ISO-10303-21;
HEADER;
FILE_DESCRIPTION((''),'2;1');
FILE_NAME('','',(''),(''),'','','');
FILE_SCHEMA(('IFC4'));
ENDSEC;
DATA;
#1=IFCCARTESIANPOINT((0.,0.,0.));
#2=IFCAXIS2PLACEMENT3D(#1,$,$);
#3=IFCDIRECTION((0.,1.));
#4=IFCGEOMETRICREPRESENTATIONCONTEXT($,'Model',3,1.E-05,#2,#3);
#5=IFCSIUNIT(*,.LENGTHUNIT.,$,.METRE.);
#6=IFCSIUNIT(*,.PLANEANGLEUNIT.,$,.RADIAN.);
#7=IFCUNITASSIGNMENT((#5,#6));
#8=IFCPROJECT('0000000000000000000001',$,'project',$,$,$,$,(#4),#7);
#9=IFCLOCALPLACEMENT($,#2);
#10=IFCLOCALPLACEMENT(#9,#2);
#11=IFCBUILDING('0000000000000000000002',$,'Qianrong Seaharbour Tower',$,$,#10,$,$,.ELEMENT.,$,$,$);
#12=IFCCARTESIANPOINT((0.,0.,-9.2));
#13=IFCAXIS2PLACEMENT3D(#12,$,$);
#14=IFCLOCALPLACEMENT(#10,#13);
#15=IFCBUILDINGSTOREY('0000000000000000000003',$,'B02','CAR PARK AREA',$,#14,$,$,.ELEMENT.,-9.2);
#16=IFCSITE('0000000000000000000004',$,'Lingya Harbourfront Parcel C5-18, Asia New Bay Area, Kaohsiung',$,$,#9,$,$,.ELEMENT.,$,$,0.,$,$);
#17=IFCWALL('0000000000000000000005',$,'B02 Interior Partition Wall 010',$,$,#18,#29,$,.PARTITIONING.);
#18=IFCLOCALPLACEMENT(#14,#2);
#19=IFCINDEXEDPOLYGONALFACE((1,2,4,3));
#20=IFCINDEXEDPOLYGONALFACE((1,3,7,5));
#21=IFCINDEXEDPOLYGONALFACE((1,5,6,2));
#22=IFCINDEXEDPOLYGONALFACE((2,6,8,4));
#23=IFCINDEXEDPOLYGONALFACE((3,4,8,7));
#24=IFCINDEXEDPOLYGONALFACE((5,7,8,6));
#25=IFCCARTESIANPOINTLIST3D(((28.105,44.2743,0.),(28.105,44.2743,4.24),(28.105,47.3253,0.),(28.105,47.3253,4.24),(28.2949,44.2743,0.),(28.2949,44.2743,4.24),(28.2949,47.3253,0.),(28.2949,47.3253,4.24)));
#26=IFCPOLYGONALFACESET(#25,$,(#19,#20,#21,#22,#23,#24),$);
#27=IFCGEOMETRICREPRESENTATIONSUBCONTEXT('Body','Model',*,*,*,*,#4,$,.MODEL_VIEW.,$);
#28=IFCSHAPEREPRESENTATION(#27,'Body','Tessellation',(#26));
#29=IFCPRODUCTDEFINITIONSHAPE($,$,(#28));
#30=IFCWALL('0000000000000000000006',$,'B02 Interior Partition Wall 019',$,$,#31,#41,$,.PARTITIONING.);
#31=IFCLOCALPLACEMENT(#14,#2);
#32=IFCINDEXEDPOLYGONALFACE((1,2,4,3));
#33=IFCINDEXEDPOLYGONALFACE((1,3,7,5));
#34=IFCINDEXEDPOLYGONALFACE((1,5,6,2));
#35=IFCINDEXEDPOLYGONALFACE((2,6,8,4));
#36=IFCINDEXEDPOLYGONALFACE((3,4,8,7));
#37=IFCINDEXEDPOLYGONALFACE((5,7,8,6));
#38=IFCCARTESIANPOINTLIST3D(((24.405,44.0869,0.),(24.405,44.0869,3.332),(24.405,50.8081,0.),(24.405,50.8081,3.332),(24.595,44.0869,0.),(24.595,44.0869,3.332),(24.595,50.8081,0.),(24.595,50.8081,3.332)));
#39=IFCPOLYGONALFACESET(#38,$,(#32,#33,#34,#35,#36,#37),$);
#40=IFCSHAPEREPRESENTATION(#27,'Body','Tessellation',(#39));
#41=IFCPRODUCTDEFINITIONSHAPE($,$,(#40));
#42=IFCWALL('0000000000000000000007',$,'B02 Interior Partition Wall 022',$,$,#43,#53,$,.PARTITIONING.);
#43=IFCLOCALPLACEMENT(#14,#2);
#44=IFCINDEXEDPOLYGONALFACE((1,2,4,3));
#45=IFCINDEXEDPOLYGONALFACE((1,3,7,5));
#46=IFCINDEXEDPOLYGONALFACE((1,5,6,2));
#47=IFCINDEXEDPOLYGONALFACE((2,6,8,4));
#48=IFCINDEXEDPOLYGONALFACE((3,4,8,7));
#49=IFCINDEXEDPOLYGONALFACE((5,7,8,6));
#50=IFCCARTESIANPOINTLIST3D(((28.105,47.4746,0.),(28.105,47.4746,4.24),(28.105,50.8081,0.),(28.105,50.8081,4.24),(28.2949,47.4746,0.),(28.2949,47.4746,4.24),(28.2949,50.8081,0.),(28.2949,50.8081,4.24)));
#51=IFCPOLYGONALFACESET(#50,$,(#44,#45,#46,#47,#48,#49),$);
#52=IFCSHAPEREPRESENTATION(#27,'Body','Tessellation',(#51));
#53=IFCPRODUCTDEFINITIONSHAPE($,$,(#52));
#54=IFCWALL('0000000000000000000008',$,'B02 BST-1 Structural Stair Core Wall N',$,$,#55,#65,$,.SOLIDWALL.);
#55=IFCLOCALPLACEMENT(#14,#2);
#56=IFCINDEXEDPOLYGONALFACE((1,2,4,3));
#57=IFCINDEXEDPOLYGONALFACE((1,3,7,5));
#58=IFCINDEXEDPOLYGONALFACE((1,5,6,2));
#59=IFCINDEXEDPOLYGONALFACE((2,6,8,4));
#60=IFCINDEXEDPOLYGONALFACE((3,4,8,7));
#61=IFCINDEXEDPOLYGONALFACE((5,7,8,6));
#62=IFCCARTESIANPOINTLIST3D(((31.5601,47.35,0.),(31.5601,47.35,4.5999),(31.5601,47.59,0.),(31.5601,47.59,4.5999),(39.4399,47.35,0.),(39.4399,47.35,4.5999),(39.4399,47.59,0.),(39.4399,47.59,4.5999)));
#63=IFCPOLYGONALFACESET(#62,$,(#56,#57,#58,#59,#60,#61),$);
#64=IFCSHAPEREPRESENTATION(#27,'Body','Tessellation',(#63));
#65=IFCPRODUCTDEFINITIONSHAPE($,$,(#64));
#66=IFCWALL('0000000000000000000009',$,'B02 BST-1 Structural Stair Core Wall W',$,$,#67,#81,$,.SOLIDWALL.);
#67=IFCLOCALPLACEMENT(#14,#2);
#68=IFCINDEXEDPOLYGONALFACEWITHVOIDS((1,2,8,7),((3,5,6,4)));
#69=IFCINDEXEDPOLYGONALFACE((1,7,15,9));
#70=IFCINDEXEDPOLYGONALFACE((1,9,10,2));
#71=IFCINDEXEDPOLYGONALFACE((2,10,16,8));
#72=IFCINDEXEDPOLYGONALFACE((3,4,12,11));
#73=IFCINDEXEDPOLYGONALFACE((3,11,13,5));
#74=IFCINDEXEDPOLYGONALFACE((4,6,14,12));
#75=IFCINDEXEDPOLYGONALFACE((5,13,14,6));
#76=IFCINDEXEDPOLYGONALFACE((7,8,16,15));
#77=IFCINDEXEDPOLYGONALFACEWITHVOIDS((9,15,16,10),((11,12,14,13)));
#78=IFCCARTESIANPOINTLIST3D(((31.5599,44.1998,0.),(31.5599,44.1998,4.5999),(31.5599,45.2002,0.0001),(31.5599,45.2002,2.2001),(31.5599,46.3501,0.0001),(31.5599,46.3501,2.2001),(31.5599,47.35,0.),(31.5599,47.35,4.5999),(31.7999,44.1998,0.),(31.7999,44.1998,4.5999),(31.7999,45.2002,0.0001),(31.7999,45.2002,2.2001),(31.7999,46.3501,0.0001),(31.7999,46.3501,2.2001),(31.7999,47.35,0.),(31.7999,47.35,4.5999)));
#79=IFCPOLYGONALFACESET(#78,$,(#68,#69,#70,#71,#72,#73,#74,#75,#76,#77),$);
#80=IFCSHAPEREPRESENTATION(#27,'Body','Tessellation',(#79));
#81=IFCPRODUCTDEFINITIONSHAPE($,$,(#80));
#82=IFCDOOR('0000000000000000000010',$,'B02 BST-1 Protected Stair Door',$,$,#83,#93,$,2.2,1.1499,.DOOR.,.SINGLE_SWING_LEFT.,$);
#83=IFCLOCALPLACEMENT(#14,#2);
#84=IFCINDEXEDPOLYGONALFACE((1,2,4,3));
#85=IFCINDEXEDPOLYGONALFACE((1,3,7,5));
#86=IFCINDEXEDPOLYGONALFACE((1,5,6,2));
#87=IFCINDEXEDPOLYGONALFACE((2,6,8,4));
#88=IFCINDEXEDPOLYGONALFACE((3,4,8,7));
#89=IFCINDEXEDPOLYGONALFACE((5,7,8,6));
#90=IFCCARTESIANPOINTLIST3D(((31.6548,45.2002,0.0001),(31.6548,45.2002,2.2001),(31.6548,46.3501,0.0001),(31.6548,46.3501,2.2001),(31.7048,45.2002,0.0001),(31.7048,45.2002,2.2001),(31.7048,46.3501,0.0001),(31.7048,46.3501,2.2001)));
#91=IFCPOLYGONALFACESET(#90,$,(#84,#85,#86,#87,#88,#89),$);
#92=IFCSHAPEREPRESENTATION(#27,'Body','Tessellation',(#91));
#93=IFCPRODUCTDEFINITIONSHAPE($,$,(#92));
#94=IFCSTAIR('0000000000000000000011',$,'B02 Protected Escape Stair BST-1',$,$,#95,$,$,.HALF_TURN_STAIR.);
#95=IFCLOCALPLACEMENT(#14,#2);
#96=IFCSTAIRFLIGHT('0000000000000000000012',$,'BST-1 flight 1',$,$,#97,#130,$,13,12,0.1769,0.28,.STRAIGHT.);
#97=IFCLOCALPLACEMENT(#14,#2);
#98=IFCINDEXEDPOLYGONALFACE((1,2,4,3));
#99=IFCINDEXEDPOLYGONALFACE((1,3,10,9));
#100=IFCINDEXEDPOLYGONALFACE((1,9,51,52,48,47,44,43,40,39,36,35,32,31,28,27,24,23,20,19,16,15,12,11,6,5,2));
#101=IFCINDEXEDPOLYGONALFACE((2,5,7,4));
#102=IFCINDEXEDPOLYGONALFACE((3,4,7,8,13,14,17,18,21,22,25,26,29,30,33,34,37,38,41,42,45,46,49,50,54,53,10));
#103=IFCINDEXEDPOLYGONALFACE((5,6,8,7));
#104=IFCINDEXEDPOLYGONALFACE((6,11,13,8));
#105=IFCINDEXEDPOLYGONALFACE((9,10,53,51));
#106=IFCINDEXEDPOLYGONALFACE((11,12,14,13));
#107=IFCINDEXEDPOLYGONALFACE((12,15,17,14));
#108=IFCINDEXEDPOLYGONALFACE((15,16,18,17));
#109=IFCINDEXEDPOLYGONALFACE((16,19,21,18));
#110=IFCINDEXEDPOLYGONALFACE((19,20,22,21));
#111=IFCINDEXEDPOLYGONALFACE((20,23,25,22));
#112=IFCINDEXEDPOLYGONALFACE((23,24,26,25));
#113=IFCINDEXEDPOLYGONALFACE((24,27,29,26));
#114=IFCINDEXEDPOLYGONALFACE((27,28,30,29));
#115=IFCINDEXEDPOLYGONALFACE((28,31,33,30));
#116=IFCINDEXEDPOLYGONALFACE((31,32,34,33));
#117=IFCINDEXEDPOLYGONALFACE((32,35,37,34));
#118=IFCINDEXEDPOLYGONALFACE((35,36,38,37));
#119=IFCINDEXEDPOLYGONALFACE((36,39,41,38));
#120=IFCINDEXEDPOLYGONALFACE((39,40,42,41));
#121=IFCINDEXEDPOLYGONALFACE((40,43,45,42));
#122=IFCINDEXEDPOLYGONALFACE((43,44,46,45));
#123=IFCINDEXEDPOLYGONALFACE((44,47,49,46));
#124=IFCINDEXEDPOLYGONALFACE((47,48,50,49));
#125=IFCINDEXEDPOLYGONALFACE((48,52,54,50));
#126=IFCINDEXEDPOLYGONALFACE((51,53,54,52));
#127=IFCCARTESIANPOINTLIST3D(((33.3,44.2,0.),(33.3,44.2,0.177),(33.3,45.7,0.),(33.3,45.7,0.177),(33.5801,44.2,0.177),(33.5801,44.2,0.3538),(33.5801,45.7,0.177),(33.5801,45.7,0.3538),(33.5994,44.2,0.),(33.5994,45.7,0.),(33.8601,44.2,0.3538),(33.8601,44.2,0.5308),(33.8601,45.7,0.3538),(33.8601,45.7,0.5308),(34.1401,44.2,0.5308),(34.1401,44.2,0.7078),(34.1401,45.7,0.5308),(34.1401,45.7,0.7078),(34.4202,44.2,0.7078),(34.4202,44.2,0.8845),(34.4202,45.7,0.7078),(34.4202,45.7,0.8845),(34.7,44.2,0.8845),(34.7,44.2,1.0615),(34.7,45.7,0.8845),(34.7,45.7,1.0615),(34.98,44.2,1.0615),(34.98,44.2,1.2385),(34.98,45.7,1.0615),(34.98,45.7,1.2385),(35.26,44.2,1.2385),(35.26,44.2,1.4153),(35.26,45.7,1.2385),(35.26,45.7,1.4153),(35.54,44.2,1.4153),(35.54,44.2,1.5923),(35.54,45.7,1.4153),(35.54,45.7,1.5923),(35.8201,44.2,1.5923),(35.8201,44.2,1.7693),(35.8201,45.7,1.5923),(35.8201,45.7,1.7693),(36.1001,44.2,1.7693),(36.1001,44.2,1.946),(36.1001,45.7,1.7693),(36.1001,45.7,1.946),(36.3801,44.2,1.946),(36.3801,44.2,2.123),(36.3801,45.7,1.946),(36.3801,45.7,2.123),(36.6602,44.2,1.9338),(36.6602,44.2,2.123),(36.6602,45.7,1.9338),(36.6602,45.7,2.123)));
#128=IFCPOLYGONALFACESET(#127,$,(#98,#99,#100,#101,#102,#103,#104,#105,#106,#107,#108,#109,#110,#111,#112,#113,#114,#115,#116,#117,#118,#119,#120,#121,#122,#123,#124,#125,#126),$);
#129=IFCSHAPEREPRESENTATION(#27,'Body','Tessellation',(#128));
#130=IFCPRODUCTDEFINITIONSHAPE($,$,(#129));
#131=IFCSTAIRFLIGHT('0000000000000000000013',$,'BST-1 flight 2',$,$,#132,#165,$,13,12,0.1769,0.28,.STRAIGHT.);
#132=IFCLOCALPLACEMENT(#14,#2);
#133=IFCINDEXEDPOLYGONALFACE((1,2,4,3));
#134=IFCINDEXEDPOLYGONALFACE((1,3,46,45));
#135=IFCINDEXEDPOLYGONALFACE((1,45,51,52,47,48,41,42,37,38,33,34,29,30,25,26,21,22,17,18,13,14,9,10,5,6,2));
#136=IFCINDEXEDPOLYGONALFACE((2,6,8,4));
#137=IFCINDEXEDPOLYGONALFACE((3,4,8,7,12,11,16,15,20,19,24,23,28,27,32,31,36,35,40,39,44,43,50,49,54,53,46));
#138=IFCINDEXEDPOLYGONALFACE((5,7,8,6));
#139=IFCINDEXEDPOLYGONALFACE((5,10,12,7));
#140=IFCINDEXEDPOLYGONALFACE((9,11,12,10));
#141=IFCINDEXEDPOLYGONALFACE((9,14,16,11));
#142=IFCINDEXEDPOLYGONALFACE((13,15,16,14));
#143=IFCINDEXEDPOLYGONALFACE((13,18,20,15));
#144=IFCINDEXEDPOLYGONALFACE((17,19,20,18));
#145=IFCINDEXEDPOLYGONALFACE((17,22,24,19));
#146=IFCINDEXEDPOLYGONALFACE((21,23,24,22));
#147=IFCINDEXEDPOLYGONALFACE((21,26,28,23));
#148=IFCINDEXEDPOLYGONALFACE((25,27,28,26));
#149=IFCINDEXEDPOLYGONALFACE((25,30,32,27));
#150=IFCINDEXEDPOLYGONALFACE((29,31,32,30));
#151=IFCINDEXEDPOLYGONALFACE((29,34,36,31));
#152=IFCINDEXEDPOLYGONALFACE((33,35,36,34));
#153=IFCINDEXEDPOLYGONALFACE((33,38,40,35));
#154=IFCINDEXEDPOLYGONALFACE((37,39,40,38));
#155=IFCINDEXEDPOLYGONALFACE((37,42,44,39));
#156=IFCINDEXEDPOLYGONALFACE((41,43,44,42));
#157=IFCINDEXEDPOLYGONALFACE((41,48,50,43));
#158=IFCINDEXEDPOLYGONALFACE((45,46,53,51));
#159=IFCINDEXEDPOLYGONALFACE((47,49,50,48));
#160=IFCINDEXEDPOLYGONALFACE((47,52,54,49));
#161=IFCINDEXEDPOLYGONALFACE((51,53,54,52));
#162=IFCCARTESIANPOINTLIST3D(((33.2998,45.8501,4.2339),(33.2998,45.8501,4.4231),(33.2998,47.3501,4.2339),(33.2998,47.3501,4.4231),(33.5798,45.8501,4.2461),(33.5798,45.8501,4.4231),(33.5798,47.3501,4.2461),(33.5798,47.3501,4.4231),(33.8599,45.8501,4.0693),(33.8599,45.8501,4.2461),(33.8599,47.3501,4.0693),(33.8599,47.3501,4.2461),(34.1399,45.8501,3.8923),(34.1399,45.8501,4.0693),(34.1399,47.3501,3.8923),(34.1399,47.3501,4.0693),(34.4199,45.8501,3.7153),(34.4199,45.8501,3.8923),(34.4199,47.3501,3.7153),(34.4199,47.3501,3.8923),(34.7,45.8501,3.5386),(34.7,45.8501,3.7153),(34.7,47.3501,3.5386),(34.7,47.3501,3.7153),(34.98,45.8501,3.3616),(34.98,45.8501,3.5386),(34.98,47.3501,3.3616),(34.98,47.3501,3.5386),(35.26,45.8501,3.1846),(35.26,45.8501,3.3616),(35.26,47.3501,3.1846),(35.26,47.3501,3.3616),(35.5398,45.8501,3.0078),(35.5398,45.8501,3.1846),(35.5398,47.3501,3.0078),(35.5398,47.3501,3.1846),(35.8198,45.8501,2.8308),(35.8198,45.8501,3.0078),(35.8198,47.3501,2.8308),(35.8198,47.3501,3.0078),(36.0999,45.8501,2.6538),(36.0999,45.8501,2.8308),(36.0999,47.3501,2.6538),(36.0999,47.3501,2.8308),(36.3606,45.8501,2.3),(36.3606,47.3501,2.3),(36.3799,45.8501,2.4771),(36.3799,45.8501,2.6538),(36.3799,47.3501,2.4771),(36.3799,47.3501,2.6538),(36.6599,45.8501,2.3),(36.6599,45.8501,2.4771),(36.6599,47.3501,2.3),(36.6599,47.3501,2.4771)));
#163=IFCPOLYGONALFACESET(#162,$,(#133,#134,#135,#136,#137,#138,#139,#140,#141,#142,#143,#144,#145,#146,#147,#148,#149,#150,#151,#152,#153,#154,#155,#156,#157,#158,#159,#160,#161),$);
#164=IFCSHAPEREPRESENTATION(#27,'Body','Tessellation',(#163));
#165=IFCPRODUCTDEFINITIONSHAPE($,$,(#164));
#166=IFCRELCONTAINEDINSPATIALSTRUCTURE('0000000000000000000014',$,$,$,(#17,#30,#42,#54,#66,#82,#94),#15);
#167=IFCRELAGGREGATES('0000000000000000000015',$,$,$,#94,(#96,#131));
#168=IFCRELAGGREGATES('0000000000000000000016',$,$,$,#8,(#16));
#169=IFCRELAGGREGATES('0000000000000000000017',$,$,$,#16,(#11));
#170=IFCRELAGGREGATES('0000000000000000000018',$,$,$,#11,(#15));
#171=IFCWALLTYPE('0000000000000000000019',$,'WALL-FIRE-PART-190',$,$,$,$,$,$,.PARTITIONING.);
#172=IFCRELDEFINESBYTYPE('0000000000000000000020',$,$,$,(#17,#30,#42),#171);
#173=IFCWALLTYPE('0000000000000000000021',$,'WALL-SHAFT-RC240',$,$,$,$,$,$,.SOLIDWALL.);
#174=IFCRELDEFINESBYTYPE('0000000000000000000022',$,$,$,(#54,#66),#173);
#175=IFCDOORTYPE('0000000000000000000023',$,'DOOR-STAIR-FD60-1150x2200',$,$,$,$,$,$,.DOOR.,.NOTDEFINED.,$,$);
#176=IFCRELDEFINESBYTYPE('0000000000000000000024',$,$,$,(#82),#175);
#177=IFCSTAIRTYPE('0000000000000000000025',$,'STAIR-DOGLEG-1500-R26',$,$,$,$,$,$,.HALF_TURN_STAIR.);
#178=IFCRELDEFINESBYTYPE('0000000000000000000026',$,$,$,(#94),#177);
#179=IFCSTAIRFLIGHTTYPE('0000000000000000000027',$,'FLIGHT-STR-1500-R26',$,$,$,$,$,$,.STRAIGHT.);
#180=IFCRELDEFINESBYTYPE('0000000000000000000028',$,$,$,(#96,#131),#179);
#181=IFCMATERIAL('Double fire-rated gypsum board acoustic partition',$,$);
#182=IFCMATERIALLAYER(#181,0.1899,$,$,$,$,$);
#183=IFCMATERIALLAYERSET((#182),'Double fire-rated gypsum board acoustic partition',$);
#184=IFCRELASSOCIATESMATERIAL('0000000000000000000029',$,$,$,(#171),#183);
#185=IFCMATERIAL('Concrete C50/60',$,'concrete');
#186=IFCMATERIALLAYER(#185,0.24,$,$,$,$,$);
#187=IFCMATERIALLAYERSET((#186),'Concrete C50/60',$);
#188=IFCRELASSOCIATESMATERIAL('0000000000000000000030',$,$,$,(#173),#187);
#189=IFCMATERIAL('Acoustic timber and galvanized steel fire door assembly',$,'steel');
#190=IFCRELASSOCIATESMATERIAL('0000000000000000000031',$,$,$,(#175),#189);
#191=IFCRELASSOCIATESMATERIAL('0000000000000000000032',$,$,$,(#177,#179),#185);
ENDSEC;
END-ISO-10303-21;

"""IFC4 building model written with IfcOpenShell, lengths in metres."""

from ifc_helpers import new_model, si_unit, direction, frame, frame_2d, origin, place, context, subcontext, project, spatial, polyline, rectangle, outline, extrude, material, layer, layer_set, type_object, element, fill, aggregate, save


model = new_model("IFC4")

# Units and contexts
model_context = context("Model", 3, precision=1e-05, world=origin(), true_north=direction((0.0, 1.0)))
body_context = subcontext(model_context, "Body", "Model", "MODEL_VIEW")
ifc_project = project(units=[si_unit("LENGTHUNIT", "METRE"), si_unit("PLANEANGLEUNIT", "RADIAN")], contexts=[model_context])

# Site, building, storey
site_placement = place(None, origin())
site = spatial("IfcSite", under=ifc_project, at=site_placement, Name="Lingya Harbourfront Parcel C5-18, Asia New Bay Area, Kaohsiung", CompositionType="ELEMENT", RefElevation=0.0)
building_placement = place(site_placement, origin())
building = spatial("IfcBuilding", under=site, at=building_placement, Name="Qianrong Seaharbour Tower", CompositionType="ELEMENT")
storey_placement = place(building_placement, frame((0.0, 0.0, -9.2)))
storey = spatial("IfcBuildingStorey", under=building, at=storey_placement, Name="B02", Description="CAR PARK AREA", CompositionType="ELEMENT", Elevation=-9.2)

# Shared definitions
ifc_material_1 = material(Name="Concrete C50/60", Category="concrete")

# Shared definitions
ifc_material_2 = material(Name="Acoustic timber and galvanized steel fire door assembly", Category="steel")

# Walls
ifc_material_3 = material(Name="Double fire-rated gypsum board acoustic partition")
ifc_layer_1 = layer(ifc_material_3, 0.1899)
ifc_layer_set_1 = layer_set([ifc_layer_1], Name="Double fire-rated gypsum board acoustic partition")
wall_type_1 = type_object("IfcWallType", Name="WALL-FIRE-PART-190", PredefinedType="PARTITIONING", material=ifc_layer_set_1)
wall_1_placement = place(storey_placement, frame((28.2, 44.2744, 0.0), z_axis=(0.0, 0.0, 1.0), x_axis=(0.0, 1.0, 0.0)))
element("IfcWall", 1, at=wall_1_placement, inside=storey, type_object=wall_type_1, Name="B02 Interior Partition Wall 010", PredefinedType="PARTITIONING", context=body_context, shape_type="SweptSolid", body=[
    extrude(rectangle(XDim=3.051, YDim=0.1899, at=frame_2d((1.5254, 0.0))), origin(), (0.0, 0.0, 1.0), 4.24),
])
wall_2_placement = place(storey_placement, frame((24.5, 50.8081, 0.0), z_axis=(0.0, 0.0, 1.0), x_axis=(0.0, -1.0, 0.0)))
element("IfcWall", 2, at=wall_2_placement, inside=storey, type_object=wall_type_1, Name="B02 Interior Partition Wall 019", PredefinedType="PARTITIONING", context=body_context, shape_type="SweptSolid", body=[
    extrude(rectangle(XDim=6.7212, YDim=0.1899, at=frame_2d((3.3606, 0.0))), origin(), (0.0, 0.0, 1.0), 3.332),
])
wall_3_placement = place(storey_placement, frame((28.2, 50.8081, 0.0), z_axis=(0.0, 0.0, 1.0), x_axis=(0.0, -1.0, 0.0)))
element("IfcWall", 3, at=wall_3_placement, inside=storey, type_object=wall_type_1, Name="B02 Interior Partition Wall 022", PredefinedType="PARTITIONING", context=body_context, shape_type="SweptSolid", body=[
    extrude(rectangle(XDim=3.3335, YDim=0.1899, at=frame_2d((1.6667, 0.0))), origin(), (0.0, 0.0, 1.0), 4.24),
])
ifc_layer_2 = layer(ifc_material_1, 0.24)
ifc_layer_set_2 = layer_set([ifc_layer_2], Name="Concrete C50/60")
wall_type_2 = type_object("IfcWallType", Name="WALL-SHAFT-RC240", PredefinedType="SOLIDWALL", material=ifc_layer_set_2)
wall_4_placement = place(storey_placement, frame((31.5601, 47.47, 0.0), z_axis=(0.0, 0.0, 1.0), x_axis=(1.0, 0.0, 0.0)))
element("IfcWall", 4, at=wall_4_placement, inside=storey, type_object=wall_type_2, Name="B02 BST-1 Structural Stair Core Wall N", PredefinedType="SOLIDWALL", context=body_context, shape_type="SweptSolid", body=[
    extrude(rectangle(XDim=7.8799, YDim=0.24, at=frame_2d((3.9399, 0.0))), origin(), (0.0, 0.0, 1.0), 4.5999),
])

# Wall, opening, door
wall_5_placement = place(storey_placement, frame((31.6799, 47.3501, 0.0), z_axis=(0.0, 0.0, 1.0), x_axis=(0.0, -1.0, 0.0)))
wall_5 = element("IfcWall", 5, at=wall_5_placement, inside=storey, type_object=wall_type_2, Name="B02 BST-1 Structural Stair Core Wall W", PredefinedType="SOLIDWALL", context=body_context, shape_type="SweptSolid", body=[
    extrude(rectangle(XDim=3.1501, YDim=0.24, at=frame_2d((1.5752, 0.0))), origin(), (0.0, 0.0, 1.0), 4.5999),
])
opening_1_placement = place(wall_5_placement, frame((1.0, 0.0, 0.0)))
opening_1 = element("IfcOpeningElement", 6, at=opening_1_placement, cuts=wall_5, PredefinedType="OPENING", context=body_context, shape_type="SweptSolid", body=[
    extrude(rectangle(XDim=1.1499, YDim=2.2, at=frame_2d((0.575, 1.1001))), frame((0.0, 0.1299, 0.0), z_axis=(0.0, -1.0, 0.0), x_axis=(1.0, 0.0, 0.0)), (0.0, 0.0, 1.0), 0.26),
])
door_type_1 = type_object("IfcDoorType", Name="DOOR-STAIR-FD60-1150x2200", OperationType="NOTDEFINED", PredefinedType="DOOR", material=ifc_material_2)
door_1_placement = place(opening_1_placement, origin())
door_1 = element("IfcDoor", 7, at=door_1_placement, inside=storey, type_object=door_type_1, Name="B02 BST-1 Protected Stair Door", OperationType="SINGLE_SWING_LEFT", OverallHeight=2.2, OverallWidth=1.1499, PredefinedType="DOOR", context=body_context, shape_type="SweptSolid", body=[
    extrude(rectangle(XDim=1.1499, YDim=2.2, at=frame_2d((0.575, 1.1001))), frame((0.0, 0.0249, 0.0), z_axis=(0.0, -1.0, 0.0), x_axis=(1.0, 0.0, 0.0)), (0.0, 0.0, 1.0), 0.05),
])
fill(opening_1, door_1)

# Stair, stair flights
stair_type = type_object("IfcStairType", Name="STAIR-DOGLEG-1500-R26", PredefinedType="HALF_TURN_STAIR", material=ifc_material_1)
stair_placement = place(storey_placement, origin())
stair = element("IfcStair", 8, at=stair_placement, inside=storey, type_object=stair_type, Name="B02 Protected Escape Stair BST-1", PredefinedType="HALF_TURN_STAIR")
stair_flight_type = type_object("IfcStairFlightType", Name="FLIGHT-STR-1500-R26", PredefinedType="STRAIGHT", material=ifc_material_1)
stair_flight_1_placement = place(storey_placement, frame((33.3, 44.95, 0.0), z_axis=(0.0, 0.0, 1.0), x_axis=(1.0, 0.0, 0.0)))
stair_flight_1 = element("IfcStairFlight", 9, at=stair_flight_1_placement, type_object=stair_flight_type, Name="BST-1 flight 1", NumberOfRisers=13, NumberOfTreads=12, PredefinedType="STRAIGHT", RiserHeight=0.1769, TreadLength=0.28, context=body_context, shape_type="SweptSolid", body=[
    extrude(outline(polyline([(0.0, 0.0), (0.0, 0.177), (0.28, 0.177), (0.28, 0.3538), (0.5601, 0.3538), (0.5601, 0.5308), (0.8401, 0.5308), (0.8401, 0.7078), (1.1201, 0.7078), (1.1201, 0.8845), (1.3999, 0.8845), (1.3999, 1.0615), (1.6799, 1.0615), (1.6799, 1.2385), (1.96, 1.2385), (1.96, 1.4153), (2.24, 1.4153), (2.24, 1.5923), (2.52, 1.5923), (2.52, 1.7693), (2.8, 1.7693), (2.8, 1.946), (3.0801, 1.946), (3.0801, 2.123), (3.3601, 2.123), (3.3601, 2.3), (3.3601, 1.9338), (0.2993, 0.0), (0.0, 0.0)])), frame((0.0, 0.75, 0.0), z_axis=(0.0, -1.0, 0.0), x_axis=(1.0, 0.0, 0.0)), (0.0, 0.0, 1.0), 1.5),
])
stair_flight_2_placement = place(storey_placement, frame((36.6599, 46.6001, 2.3), z_axis=(0.0, 0.0, 1.0), x_axis=(-1.0, 0.0, 0.0)))
stair_flight_2 = element("IfcStairFlight", 10, at=stair_flight_2_placement, type_object=stair_flight_type, Name="BST-1 flight 2", NumberOfRisers=13, NumberOfTreads=12, PredefinedType="STRAIGHT", RiserHeight=0.1769, TreadLength=0.28, context=body_context, shape_type="SweptSolid", body=[
    extrude(outline(polyline([(0.0, 0.0), (0.0, 0.177), (0.28, 0.177), (0.28, 0.3538), (0.5601, 0.3538), (0.5601, 0.5308), (0.8401, 0.5308), (0.8401, 0.7078), (1.1201, 0.7078), (1.1201, 0.8845), (1.3999, 0.8845), (1.3999, 1.0615), (1.6799, 1.0615), (1.6799, 1.2385), (1.96, 1.2385), (1.96, 1.4153), (2.24, 1.4153), (2.24, 1.5923), (2.52, 1.5923), (2.52, 1.7693), (2.8, 1.7693), (2.8, 1.946), (3.0801, 1.946), (3.0801, 2.123), (3.3601, 2.123), (3.3601, 2.3), (3.3601, 1.9338), (0.2993, 0.0), (0.0, 0.0)])), frame((0.0, 0.75, 0.0), z_axis=(0.0, -1.0, 0.0), x_axis=(1.0, 0.0, 0.0)), (0.0, 0.0, 1.0), 1.5),
])
aggregate(stair, [stair_flight_1, stair_flight_2])

save(model, "model.ifc")
